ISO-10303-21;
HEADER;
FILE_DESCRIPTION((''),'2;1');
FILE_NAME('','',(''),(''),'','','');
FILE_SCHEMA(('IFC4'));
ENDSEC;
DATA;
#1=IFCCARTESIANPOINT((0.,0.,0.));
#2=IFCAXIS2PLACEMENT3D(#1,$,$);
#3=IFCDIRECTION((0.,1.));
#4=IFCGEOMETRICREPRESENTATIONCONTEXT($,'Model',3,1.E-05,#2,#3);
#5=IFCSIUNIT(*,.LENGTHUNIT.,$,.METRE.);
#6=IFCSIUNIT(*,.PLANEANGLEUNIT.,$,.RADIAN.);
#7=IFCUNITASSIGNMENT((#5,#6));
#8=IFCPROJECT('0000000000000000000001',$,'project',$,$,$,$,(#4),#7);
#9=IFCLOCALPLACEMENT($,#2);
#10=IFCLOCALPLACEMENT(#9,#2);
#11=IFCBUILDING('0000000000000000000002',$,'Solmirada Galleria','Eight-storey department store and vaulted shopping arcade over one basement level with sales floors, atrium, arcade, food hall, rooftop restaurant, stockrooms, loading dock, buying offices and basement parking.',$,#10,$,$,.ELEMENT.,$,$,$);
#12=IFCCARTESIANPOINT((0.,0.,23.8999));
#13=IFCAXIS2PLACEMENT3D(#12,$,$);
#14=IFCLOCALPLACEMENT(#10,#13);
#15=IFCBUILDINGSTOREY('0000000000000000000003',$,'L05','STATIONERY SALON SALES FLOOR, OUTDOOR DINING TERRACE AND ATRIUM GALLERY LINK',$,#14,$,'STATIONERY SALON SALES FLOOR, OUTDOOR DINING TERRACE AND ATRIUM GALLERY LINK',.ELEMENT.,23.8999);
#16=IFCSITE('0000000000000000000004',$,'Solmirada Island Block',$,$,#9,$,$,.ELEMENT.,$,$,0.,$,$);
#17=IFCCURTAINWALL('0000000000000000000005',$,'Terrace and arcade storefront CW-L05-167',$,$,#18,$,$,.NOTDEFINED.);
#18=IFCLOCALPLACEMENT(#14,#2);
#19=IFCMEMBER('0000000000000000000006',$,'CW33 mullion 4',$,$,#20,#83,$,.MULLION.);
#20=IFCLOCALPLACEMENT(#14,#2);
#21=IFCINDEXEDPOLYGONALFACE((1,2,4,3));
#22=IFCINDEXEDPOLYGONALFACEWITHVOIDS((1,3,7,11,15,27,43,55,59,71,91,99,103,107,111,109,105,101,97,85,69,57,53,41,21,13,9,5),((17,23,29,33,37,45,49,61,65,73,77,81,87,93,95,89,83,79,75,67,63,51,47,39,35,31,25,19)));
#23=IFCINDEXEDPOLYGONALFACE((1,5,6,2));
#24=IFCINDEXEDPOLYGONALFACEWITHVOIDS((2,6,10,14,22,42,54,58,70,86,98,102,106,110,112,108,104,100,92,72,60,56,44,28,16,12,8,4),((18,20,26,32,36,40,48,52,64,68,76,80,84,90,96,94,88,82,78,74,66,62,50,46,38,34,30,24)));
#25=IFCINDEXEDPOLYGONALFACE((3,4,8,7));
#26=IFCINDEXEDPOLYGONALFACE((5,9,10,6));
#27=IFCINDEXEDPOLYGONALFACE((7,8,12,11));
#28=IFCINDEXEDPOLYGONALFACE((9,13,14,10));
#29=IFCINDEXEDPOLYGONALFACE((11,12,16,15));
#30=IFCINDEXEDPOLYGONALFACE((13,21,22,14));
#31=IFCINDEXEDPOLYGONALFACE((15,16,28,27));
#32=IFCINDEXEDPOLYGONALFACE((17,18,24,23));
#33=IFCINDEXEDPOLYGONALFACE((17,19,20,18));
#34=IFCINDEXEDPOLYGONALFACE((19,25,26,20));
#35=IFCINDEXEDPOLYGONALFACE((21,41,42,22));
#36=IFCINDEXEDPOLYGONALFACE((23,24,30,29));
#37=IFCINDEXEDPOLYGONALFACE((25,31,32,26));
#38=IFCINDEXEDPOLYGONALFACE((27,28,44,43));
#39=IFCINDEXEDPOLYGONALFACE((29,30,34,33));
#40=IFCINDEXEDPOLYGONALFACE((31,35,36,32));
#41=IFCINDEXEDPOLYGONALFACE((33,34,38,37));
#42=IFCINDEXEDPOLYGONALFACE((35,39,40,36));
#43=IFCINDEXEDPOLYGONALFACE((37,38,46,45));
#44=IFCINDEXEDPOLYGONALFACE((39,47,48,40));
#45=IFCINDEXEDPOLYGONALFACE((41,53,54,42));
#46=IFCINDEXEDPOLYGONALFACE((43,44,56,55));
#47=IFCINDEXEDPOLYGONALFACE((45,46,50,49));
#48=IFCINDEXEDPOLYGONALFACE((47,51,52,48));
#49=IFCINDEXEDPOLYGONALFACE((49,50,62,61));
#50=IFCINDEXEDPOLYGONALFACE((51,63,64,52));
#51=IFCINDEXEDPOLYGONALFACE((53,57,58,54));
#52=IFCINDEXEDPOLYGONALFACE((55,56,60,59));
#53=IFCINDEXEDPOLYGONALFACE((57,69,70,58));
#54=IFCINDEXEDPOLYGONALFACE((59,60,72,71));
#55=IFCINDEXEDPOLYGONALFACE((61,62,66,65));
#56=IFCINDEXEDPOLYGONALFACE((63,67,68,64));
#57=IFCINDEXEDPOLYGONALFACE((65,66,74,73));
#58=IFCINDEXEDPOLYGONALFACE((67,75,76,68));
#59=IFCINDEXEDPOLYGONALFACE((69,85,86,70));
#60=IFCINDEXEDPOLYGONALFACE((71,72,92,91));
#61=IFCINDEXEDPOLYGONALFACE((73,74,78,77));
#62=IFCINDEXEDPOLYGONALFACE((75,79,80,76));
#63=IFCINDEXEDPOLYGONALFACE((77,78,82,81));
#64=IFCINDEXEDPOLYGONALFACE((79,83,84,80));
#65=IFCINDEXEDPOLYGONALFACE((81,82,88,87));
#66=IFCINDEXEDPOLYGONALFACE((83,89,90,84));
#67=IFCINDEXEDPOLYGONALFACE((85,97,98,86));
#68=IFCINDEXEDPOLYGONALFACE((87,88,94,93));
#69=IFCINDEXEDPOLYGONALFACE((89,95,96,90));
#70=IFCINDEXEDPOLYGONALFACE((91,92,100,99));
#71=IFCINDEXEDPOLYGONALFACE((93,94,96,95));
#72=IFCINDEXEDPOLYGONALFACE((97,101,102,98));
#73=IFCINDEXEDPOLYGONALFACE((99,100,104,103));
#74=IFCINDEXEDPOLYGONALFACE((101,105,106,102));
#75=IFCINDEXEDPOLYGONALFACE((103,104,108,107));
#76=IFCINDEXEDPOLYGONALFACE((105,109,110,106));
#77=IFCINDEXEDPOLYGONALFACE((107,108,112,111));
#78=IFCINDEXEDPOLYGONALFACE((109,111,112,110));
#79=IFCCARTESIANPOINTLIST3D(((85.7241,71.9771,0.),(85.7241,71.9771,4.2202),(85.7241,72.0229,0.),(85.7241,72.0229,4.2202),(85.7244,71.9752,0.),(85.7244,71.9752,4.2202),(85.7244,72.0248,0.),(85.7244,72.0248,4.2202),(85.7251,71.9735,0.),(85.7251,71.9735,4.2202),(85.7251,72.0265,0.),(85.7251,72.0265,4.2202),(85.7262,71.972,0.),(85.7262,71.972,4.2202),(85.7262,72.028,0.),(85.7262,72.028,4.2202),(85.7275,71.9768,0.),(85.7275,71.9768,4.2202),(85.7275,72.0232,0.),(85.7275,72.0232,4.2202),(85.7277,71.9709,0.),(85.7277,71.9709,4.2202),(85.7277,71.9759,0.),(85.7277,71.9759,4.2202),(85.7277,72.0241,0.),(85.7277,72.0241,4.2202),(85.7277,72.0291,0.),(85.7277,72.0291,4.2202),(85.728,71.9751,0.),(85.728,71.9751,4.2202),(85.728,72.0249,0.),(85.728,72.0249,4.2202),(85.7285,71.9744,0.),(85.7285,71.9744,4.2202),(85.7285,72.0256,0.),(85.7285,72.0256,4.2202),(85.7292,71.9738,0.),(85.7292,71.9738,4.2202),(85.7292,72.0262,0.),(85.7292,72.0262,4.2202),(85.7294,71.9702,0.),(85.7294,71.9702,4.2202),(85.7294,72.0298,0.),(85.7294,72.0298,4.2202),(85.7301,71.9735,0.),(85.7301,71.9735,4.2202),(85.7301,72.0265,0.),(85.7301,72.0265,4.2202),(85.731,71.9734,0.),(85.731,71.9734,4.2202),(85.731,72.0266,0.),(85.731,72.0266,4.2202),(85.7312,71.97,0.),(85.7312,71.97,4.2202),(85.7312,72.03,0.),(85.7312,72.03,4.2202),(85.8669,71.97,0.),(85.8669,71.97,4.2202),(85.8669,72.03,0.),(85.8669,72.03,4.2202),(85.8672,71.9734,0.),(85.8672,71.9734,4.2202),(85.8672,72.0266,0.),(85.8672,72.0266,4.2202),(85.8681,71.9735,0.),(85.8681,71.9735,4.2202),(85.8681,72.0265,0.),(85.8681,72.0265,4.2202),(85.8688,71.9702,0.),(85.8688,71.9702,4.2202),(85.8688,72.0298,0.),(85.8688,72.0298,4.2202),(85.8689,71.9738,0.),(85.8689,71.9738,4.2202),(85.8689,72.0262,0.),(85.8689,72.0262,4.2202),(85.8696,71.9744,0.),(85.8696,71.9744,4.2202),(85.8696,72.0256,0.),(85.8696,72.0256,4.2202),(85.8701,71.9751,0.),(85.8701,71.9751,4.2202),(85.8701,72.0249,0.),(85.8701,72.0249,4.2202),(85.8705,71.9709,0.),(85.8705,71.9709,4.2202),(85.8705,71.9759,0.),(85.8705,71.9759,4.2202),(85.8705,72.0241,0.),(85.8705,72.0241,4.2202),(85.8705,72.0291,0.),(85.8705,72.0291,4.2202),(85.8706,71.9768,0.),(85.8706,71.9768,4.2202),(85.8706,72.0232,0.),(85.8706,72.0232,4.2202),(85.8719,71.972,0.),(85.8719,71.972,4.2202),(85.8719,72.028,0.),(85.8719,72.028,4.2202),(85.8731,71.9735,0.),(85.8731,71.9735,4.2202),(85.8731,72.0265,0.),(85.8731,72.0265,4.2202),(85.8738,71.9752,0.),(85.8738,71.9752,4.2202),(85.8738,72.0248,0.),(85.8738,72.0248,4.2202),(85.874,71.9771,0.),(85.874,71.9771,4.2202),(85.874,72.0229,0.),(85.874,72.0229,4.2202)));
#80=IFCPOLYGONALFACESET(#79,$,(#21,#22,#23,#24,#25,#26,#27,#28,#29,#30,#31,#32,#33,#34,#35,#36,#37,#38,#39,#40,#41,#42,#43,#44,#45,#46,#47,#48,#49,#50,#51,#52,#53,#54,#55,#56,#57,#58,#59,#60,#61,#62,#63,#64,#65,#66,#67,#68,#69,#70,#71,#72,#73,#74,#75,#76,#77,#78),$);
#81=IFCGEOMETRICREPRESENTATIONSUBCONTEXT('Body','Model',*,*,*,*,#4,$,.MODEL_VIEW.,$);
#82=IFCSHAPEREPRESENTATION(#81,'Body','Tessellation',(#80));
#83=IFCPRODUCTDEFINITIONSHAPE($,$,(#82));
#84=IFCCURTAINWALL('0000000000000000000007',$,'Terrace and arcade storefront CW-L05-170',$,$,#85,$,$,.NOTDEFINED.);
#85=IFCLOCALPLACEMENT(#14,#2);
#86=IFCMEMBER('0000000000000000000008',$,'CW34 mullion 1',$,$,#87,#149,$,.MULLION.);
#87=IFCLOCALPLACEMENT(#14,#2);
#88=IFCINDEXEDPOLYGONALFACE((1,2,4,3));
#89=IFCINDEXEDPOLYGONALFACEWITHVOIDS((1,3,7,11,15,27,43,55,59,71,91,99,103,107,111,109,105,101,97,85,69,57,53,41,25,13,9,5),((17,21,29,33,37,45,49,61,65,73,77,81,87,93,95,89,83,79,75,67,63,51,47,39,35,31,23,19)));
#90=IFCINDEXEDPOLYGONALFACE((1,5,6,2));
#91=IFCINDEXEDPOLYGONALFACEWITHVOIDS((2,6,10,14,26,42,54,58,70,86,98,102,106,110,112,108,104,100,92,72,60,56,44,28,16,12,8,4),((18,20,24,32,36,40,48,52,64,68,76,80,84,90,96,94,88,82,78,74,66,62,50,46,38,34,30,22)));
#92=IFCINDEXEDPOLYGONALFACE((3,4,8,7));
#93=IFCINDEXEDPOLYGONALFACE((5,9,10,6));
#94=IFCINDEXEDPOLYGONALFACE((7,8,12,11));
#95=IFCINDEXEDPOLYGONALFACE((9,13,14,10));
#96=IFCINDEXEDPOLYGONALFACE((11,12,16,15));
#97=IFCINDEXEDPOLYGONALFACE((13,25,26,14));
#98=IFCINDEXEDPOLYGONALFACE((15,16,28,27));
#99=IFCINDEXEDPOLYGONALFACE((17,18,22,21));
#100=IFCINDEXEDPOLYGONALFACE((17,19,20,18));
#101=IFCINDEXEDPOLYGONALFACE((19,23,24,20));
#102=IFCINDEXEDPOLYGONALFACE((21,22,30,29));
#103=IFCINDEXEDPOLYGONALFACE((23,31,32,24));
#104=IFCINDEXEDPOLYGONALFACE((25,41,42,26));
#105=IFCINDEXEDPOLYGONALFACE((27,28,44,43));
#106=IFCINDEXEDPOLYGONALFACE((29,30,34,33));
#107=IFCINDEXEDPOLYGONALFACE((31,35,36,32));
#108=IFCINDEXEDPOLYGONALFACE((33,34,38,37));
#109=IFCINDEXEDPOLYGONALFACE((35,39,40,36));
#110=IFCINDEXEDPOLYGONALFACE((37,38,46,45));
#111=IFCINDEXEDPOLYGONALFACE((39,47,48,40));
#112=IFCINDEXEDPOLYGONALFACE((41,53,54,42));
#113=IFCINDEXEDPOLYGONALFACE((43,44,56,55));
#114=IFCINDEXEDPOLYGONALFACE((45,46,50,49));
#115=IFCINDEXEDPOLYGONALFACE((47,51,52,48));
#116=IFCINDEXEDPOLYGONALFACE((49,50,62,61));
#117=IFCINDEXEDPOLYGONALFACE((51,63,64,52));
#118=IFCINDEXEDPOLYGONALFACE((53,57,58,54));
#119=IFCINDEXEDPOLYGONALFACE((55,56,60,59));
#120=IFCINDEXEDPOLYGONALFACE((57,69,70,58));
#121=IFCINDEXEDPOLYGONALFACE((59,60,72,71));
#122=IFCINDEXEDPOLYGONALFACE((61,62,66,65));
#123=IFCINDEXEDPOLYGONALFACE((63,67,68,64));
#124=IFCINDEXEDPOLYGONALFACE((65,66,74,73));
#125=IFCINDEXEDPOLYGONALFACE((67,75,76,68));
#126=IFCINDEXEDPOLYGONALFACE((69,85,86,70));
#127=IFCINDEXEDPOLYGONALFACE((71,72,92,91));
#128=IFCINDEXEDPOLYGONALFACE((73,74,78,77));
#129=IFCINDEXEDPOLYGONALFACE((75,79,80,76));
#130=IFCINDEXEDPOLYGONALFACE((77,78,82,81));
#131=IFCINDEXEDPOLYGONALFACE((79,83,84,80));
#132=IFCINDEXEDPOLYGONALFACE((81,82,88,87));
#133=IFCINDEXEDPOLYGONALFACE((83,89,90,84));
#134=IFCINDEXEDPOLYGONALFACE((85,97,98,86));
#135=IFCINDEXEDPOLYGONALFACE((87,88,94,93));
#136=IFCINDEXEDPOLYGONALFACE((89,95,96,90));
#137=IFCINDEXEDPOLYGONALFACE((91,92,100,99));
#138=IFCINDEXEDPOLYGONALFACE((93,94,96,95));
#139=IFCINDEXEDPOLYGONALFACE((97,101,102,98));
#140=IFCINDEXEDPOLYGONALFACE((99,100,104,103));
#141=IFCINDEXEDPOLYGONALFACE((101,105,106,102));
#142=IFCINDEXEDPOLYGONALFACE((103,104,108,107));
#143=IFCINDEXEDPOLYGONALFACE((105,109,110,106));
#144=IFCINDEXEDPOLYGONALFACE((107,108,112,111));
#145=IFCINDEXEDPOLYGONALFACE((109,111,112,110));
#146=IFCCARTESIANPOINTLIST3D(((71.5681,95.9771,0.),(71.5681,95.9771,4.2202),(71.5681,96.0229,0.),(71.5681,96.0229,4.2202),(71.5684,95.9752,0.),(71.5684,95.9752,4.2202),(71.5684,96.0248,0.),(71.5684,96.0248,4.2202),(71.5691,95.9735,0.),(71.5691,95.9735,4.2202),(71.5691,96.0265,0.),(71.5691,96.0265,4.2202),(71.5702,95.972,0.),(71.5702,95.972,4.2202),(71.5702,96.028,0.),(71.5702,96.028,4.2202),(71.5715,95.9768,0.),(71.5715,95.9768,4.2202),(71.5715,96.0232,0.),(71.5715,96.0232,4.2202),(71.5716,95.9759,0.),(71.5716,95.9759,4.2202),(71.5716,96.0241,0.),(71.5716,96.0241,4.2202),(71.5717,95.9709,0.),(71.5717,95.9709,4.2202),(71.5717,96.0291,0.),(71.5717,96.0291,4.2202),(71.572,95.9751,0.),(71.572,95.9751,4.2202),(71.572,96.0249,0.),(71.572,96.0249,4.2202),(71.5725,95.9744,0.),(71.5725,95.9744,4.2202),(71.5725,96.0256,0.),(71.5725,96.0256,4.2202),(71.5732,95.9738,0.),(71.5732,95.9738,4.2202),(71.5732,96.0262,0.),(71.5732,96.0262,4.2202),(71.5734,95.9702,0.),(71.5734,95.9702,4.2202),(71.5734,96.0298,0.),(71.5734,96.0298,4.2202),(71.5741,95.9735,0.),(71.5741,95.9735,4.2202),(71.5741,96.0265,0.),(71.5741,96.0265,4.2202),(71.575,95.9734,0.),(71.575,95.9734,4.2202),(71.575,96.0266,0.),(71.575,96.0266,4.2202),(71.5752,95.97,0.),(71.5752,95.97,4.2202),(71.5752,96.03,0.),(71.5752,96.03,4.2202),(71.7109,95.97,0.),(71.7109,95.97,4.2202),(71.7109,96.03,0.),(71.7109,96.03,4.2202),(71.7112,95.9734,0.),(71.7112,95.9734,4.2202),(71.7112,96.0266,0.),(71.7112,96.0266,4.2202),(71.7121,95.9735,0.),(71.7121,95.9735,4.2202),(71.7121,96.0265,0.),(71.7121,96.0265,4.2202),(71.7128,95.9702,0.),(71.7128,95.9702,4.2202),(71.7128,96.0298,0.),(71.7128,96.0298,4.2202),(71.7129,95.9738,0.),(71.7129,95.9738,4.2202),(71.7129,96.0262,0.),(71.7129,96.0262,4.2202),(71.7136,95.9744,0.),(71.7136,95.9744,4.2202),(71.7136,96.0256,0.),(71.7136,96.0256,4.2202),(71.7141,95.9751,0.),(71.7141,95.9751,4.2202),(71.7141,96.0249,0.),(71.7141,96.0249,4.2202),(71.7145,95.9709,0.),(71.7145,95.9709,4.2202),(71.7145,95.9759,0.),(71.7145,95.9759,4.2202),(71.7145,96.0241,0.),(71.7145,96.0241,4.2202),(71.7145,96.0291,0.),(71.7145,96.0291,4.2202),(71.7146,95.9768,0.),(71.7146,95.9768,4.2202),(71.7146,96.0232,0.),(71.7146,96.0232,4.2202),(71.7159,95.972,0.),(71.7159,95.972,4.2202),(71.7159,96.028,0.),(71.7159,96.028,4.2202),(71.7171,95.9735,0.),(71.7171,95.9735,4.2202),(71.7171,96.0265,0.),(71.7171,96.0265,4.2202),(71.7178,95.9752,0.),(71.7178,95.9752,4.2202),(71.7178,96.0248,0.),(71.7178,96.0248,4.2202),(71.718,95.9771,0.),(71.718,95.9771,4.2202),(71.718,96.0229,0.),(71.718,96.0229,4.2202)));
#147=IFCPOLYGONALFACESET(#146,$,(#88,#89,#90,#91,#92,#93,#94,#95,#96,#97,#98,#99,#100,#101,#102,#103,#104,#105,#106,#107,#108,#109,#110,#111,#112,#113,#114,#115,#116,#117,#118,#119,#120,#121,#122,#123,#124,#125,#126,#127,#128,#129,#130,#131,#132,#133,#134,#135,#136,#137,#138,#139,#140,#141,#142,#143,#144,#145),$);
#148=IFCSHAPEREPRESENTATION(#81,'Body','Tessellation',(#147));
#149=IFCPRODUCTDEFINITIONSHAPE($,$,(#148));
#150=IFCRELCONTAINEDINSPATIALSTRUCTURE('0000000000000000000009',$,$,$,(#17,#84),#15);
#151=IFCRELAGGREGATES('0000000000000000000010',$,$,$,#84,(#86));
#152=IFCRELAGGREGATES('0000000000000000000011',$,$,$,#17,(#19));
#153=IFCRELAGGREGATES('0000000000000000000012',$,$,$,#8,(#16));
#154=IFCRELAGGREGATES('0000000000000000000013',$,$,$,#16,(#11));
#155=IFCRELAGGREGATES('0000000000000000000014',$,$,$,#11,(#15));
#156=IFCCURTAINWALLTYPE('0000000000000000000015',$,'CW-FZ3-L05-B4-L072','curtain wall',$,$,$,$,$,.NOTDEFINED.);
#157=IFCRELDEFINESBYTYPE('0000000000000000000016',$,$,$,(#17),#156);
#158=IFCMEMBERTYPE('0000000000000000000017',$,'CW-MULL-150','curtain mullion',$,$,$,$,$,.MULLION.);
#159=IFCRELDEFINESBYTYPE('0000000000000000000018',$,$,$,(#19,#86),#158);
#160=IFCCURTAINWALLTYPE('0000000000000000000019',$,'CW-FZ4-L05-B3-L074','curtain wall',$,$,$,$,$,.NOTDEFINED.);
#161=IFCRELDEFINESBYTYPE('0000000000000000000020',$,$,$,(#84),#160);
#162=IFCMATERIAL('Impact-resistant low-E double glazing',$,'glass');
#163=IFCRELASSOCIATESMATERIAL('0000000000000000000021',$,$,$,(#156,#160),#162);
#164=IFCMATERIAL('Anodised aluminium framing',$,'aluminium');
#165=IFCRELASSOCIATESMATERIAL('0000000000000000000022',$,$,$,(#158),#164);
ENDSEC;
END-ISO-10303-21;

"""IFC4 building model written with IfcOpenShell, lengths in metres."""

from ifc_helpers import new_model, si_unit, direction, frame, origin, origin_2d, place, context, subcontext, project, spatial, hollow_rectangle, extrude, material, material_profile, profile_set, type_object, element, aggregate, save


model = new_model("IFC4")

# Units and contexts
model_context = context("Model", 3, precision=1e-05, world=origin(), true_north=direction((0.0, 1.0)))
body_context = subcontext(model_context, "Body", "Model", "MODEL_VIEW")
ifc_project = project(units=[si_unit("LENGTHUNIT", "METRE"), si_unit("PLANEANGLEUNIT", "RADIAN")], contexts=[model_context])

# Site, building, storey
site_placement = place(None, origin())
site = spatial("IfcSite", under=ifc_project, at=site_placement, Name="Solmirada Island Block", CompositionType="ELEMENT", RefElevation=0.0)
building_placement = place(site_placement, origin())
building = spatial("IfcBuilding", under=site, at=building_placement, Name="Solmirada Galleria", Description="Eight-storey department store and vaulted shopping arcade over one basement level with sales floors, atrium, arcade, food hall, rooftop restaurant, stockrooms, loading dock, buying offices and basement parking.", CompositionType="ELEMENT")
storey_placement = place(building_placement, frame((0.0, 0.0, 23.8999)))
storey = spatial("IfcBuildingStorey", under=building, at=storey_placement, Name="L05", Description="STATIONERY SALON SALES FLOOR, OUTDOOR DINING TERRACE AND ATRIUM GALLERY LINK", LongName="STATIONERY SALON SALES FLOOR, OUTDOOR DINING TERRACE AND ATRIUM GALLERY LINK", CompositionType="ELEMENT", Elevation=23.8999)

# Curtain walls, members
ifc_material_1 = material(Name="Impact-resistant low-E double glazing", Category="glass")
curtain_wall_type_1 = type_object("IfcCurtainWallType", Name="CW-FZ3-L05-B4-L072", Description="curtain wall", PredefinedType="NOTDEFINED", material=ifc_material_1)
curtain_wall_1_placement = place(storey_placement, origin())
curtain_wall_1 = element("IfcCurtainWall", 1, at=curtain_wall_1_placement, inside=storey, type_object=curtain_wall_type_1, Name="Terrace and arcade storefront CW-L05-167", PredefinedType="NOTDEFINED")
ifc_material_2 = material(Name="Anodised aluminium framing", Category="aluminium")
ifc_material_profile_1 = material_profile(ifc_material_2, hollow_rectangle(XDim=0.0601, YDim=0.1499, WallThickness=0.0034, InnerFilletRadius=0.0034, OuterFilletRadius=0.0071, at=origin_2d()), Name="ALU-MULL-150X60")
ifc_profile_set_1 = profile_set([ifc_material_profile_1], Name="Anodised aluminium framing")
member_type_1 = type_object("IfcMemberType", Name="CW-MULL-150", Description="curtain mullion", PredefinedType="MULLION", material=ifc_profile_set_1)
member_1_placement = place(storey_placement, frame((85.7991, 72.0, 0.0), z_axis=(0.0, 0.0, 1.0), x_axis=(0.0, 1.0, 0.0)))
member_1 = element("IfcMember", 2, at=member_1_placement, type_object=member_type_1, Name="CW33 mullion 4", PredefinedType="MULLION", context=body_context, shape_type="SweptSolid", body=[
    extrude(hollow_rectangle(XDim=0.0601, YDim=0.1499, WallThickness=0.0034, InnerFilletRadius=0.0034, OuterFilletRadius=0.0071, at=origin_2d()), origin(), (0.0, 0.0, 1.0), 4.2202),
])
curtain_wall_type_2 = type_object("IfcCurtainWallType", Name="CW-FZ4-L05-B3-L074", Description="curtain wall", PredefinedType="NOTDEFINED", material=ifc_material_1)
curtain_wall_2_placement = place(storey_placement, origin())
curtain_wall_2 = element("IfcCurtainWall", 3, at=curtain_wall_2_placement, inside=storey, type_object=curtain_wall_type_2, Name="Terrace and arcade storefront CW-L05-170", PredefinedType="NOTDEFINED")
member_2_placement = place(storey_placement, frame((71.6431, 96.0, 0.0), z_axis=(0.0, 0.0, 1.0), x_axis=(0.0, -1.0, 0.0)))
member_2 = element("IfcMember", 4, at=member_2_placement, type_object=member_type_1, Name="CW34 mullion 1", PredefinedType="MULLION", context=body_context, shape_type="SweptSolid", body=[
    extrude(hollow_rectangle(XDim=0.0601, YDim=0.1499, WallThickness=0.0034, InnerFilletRadius=0.0034, OuterFilletRadius=0.0071, at=origin_2d()), origin(), (0.0, 0.0, 1.0), 4.2202),
])

aggregate(curtain_wall_2, [member_2])

aggregate(curtain_wall_1, [member_1])

save(model, "model.ifc")
